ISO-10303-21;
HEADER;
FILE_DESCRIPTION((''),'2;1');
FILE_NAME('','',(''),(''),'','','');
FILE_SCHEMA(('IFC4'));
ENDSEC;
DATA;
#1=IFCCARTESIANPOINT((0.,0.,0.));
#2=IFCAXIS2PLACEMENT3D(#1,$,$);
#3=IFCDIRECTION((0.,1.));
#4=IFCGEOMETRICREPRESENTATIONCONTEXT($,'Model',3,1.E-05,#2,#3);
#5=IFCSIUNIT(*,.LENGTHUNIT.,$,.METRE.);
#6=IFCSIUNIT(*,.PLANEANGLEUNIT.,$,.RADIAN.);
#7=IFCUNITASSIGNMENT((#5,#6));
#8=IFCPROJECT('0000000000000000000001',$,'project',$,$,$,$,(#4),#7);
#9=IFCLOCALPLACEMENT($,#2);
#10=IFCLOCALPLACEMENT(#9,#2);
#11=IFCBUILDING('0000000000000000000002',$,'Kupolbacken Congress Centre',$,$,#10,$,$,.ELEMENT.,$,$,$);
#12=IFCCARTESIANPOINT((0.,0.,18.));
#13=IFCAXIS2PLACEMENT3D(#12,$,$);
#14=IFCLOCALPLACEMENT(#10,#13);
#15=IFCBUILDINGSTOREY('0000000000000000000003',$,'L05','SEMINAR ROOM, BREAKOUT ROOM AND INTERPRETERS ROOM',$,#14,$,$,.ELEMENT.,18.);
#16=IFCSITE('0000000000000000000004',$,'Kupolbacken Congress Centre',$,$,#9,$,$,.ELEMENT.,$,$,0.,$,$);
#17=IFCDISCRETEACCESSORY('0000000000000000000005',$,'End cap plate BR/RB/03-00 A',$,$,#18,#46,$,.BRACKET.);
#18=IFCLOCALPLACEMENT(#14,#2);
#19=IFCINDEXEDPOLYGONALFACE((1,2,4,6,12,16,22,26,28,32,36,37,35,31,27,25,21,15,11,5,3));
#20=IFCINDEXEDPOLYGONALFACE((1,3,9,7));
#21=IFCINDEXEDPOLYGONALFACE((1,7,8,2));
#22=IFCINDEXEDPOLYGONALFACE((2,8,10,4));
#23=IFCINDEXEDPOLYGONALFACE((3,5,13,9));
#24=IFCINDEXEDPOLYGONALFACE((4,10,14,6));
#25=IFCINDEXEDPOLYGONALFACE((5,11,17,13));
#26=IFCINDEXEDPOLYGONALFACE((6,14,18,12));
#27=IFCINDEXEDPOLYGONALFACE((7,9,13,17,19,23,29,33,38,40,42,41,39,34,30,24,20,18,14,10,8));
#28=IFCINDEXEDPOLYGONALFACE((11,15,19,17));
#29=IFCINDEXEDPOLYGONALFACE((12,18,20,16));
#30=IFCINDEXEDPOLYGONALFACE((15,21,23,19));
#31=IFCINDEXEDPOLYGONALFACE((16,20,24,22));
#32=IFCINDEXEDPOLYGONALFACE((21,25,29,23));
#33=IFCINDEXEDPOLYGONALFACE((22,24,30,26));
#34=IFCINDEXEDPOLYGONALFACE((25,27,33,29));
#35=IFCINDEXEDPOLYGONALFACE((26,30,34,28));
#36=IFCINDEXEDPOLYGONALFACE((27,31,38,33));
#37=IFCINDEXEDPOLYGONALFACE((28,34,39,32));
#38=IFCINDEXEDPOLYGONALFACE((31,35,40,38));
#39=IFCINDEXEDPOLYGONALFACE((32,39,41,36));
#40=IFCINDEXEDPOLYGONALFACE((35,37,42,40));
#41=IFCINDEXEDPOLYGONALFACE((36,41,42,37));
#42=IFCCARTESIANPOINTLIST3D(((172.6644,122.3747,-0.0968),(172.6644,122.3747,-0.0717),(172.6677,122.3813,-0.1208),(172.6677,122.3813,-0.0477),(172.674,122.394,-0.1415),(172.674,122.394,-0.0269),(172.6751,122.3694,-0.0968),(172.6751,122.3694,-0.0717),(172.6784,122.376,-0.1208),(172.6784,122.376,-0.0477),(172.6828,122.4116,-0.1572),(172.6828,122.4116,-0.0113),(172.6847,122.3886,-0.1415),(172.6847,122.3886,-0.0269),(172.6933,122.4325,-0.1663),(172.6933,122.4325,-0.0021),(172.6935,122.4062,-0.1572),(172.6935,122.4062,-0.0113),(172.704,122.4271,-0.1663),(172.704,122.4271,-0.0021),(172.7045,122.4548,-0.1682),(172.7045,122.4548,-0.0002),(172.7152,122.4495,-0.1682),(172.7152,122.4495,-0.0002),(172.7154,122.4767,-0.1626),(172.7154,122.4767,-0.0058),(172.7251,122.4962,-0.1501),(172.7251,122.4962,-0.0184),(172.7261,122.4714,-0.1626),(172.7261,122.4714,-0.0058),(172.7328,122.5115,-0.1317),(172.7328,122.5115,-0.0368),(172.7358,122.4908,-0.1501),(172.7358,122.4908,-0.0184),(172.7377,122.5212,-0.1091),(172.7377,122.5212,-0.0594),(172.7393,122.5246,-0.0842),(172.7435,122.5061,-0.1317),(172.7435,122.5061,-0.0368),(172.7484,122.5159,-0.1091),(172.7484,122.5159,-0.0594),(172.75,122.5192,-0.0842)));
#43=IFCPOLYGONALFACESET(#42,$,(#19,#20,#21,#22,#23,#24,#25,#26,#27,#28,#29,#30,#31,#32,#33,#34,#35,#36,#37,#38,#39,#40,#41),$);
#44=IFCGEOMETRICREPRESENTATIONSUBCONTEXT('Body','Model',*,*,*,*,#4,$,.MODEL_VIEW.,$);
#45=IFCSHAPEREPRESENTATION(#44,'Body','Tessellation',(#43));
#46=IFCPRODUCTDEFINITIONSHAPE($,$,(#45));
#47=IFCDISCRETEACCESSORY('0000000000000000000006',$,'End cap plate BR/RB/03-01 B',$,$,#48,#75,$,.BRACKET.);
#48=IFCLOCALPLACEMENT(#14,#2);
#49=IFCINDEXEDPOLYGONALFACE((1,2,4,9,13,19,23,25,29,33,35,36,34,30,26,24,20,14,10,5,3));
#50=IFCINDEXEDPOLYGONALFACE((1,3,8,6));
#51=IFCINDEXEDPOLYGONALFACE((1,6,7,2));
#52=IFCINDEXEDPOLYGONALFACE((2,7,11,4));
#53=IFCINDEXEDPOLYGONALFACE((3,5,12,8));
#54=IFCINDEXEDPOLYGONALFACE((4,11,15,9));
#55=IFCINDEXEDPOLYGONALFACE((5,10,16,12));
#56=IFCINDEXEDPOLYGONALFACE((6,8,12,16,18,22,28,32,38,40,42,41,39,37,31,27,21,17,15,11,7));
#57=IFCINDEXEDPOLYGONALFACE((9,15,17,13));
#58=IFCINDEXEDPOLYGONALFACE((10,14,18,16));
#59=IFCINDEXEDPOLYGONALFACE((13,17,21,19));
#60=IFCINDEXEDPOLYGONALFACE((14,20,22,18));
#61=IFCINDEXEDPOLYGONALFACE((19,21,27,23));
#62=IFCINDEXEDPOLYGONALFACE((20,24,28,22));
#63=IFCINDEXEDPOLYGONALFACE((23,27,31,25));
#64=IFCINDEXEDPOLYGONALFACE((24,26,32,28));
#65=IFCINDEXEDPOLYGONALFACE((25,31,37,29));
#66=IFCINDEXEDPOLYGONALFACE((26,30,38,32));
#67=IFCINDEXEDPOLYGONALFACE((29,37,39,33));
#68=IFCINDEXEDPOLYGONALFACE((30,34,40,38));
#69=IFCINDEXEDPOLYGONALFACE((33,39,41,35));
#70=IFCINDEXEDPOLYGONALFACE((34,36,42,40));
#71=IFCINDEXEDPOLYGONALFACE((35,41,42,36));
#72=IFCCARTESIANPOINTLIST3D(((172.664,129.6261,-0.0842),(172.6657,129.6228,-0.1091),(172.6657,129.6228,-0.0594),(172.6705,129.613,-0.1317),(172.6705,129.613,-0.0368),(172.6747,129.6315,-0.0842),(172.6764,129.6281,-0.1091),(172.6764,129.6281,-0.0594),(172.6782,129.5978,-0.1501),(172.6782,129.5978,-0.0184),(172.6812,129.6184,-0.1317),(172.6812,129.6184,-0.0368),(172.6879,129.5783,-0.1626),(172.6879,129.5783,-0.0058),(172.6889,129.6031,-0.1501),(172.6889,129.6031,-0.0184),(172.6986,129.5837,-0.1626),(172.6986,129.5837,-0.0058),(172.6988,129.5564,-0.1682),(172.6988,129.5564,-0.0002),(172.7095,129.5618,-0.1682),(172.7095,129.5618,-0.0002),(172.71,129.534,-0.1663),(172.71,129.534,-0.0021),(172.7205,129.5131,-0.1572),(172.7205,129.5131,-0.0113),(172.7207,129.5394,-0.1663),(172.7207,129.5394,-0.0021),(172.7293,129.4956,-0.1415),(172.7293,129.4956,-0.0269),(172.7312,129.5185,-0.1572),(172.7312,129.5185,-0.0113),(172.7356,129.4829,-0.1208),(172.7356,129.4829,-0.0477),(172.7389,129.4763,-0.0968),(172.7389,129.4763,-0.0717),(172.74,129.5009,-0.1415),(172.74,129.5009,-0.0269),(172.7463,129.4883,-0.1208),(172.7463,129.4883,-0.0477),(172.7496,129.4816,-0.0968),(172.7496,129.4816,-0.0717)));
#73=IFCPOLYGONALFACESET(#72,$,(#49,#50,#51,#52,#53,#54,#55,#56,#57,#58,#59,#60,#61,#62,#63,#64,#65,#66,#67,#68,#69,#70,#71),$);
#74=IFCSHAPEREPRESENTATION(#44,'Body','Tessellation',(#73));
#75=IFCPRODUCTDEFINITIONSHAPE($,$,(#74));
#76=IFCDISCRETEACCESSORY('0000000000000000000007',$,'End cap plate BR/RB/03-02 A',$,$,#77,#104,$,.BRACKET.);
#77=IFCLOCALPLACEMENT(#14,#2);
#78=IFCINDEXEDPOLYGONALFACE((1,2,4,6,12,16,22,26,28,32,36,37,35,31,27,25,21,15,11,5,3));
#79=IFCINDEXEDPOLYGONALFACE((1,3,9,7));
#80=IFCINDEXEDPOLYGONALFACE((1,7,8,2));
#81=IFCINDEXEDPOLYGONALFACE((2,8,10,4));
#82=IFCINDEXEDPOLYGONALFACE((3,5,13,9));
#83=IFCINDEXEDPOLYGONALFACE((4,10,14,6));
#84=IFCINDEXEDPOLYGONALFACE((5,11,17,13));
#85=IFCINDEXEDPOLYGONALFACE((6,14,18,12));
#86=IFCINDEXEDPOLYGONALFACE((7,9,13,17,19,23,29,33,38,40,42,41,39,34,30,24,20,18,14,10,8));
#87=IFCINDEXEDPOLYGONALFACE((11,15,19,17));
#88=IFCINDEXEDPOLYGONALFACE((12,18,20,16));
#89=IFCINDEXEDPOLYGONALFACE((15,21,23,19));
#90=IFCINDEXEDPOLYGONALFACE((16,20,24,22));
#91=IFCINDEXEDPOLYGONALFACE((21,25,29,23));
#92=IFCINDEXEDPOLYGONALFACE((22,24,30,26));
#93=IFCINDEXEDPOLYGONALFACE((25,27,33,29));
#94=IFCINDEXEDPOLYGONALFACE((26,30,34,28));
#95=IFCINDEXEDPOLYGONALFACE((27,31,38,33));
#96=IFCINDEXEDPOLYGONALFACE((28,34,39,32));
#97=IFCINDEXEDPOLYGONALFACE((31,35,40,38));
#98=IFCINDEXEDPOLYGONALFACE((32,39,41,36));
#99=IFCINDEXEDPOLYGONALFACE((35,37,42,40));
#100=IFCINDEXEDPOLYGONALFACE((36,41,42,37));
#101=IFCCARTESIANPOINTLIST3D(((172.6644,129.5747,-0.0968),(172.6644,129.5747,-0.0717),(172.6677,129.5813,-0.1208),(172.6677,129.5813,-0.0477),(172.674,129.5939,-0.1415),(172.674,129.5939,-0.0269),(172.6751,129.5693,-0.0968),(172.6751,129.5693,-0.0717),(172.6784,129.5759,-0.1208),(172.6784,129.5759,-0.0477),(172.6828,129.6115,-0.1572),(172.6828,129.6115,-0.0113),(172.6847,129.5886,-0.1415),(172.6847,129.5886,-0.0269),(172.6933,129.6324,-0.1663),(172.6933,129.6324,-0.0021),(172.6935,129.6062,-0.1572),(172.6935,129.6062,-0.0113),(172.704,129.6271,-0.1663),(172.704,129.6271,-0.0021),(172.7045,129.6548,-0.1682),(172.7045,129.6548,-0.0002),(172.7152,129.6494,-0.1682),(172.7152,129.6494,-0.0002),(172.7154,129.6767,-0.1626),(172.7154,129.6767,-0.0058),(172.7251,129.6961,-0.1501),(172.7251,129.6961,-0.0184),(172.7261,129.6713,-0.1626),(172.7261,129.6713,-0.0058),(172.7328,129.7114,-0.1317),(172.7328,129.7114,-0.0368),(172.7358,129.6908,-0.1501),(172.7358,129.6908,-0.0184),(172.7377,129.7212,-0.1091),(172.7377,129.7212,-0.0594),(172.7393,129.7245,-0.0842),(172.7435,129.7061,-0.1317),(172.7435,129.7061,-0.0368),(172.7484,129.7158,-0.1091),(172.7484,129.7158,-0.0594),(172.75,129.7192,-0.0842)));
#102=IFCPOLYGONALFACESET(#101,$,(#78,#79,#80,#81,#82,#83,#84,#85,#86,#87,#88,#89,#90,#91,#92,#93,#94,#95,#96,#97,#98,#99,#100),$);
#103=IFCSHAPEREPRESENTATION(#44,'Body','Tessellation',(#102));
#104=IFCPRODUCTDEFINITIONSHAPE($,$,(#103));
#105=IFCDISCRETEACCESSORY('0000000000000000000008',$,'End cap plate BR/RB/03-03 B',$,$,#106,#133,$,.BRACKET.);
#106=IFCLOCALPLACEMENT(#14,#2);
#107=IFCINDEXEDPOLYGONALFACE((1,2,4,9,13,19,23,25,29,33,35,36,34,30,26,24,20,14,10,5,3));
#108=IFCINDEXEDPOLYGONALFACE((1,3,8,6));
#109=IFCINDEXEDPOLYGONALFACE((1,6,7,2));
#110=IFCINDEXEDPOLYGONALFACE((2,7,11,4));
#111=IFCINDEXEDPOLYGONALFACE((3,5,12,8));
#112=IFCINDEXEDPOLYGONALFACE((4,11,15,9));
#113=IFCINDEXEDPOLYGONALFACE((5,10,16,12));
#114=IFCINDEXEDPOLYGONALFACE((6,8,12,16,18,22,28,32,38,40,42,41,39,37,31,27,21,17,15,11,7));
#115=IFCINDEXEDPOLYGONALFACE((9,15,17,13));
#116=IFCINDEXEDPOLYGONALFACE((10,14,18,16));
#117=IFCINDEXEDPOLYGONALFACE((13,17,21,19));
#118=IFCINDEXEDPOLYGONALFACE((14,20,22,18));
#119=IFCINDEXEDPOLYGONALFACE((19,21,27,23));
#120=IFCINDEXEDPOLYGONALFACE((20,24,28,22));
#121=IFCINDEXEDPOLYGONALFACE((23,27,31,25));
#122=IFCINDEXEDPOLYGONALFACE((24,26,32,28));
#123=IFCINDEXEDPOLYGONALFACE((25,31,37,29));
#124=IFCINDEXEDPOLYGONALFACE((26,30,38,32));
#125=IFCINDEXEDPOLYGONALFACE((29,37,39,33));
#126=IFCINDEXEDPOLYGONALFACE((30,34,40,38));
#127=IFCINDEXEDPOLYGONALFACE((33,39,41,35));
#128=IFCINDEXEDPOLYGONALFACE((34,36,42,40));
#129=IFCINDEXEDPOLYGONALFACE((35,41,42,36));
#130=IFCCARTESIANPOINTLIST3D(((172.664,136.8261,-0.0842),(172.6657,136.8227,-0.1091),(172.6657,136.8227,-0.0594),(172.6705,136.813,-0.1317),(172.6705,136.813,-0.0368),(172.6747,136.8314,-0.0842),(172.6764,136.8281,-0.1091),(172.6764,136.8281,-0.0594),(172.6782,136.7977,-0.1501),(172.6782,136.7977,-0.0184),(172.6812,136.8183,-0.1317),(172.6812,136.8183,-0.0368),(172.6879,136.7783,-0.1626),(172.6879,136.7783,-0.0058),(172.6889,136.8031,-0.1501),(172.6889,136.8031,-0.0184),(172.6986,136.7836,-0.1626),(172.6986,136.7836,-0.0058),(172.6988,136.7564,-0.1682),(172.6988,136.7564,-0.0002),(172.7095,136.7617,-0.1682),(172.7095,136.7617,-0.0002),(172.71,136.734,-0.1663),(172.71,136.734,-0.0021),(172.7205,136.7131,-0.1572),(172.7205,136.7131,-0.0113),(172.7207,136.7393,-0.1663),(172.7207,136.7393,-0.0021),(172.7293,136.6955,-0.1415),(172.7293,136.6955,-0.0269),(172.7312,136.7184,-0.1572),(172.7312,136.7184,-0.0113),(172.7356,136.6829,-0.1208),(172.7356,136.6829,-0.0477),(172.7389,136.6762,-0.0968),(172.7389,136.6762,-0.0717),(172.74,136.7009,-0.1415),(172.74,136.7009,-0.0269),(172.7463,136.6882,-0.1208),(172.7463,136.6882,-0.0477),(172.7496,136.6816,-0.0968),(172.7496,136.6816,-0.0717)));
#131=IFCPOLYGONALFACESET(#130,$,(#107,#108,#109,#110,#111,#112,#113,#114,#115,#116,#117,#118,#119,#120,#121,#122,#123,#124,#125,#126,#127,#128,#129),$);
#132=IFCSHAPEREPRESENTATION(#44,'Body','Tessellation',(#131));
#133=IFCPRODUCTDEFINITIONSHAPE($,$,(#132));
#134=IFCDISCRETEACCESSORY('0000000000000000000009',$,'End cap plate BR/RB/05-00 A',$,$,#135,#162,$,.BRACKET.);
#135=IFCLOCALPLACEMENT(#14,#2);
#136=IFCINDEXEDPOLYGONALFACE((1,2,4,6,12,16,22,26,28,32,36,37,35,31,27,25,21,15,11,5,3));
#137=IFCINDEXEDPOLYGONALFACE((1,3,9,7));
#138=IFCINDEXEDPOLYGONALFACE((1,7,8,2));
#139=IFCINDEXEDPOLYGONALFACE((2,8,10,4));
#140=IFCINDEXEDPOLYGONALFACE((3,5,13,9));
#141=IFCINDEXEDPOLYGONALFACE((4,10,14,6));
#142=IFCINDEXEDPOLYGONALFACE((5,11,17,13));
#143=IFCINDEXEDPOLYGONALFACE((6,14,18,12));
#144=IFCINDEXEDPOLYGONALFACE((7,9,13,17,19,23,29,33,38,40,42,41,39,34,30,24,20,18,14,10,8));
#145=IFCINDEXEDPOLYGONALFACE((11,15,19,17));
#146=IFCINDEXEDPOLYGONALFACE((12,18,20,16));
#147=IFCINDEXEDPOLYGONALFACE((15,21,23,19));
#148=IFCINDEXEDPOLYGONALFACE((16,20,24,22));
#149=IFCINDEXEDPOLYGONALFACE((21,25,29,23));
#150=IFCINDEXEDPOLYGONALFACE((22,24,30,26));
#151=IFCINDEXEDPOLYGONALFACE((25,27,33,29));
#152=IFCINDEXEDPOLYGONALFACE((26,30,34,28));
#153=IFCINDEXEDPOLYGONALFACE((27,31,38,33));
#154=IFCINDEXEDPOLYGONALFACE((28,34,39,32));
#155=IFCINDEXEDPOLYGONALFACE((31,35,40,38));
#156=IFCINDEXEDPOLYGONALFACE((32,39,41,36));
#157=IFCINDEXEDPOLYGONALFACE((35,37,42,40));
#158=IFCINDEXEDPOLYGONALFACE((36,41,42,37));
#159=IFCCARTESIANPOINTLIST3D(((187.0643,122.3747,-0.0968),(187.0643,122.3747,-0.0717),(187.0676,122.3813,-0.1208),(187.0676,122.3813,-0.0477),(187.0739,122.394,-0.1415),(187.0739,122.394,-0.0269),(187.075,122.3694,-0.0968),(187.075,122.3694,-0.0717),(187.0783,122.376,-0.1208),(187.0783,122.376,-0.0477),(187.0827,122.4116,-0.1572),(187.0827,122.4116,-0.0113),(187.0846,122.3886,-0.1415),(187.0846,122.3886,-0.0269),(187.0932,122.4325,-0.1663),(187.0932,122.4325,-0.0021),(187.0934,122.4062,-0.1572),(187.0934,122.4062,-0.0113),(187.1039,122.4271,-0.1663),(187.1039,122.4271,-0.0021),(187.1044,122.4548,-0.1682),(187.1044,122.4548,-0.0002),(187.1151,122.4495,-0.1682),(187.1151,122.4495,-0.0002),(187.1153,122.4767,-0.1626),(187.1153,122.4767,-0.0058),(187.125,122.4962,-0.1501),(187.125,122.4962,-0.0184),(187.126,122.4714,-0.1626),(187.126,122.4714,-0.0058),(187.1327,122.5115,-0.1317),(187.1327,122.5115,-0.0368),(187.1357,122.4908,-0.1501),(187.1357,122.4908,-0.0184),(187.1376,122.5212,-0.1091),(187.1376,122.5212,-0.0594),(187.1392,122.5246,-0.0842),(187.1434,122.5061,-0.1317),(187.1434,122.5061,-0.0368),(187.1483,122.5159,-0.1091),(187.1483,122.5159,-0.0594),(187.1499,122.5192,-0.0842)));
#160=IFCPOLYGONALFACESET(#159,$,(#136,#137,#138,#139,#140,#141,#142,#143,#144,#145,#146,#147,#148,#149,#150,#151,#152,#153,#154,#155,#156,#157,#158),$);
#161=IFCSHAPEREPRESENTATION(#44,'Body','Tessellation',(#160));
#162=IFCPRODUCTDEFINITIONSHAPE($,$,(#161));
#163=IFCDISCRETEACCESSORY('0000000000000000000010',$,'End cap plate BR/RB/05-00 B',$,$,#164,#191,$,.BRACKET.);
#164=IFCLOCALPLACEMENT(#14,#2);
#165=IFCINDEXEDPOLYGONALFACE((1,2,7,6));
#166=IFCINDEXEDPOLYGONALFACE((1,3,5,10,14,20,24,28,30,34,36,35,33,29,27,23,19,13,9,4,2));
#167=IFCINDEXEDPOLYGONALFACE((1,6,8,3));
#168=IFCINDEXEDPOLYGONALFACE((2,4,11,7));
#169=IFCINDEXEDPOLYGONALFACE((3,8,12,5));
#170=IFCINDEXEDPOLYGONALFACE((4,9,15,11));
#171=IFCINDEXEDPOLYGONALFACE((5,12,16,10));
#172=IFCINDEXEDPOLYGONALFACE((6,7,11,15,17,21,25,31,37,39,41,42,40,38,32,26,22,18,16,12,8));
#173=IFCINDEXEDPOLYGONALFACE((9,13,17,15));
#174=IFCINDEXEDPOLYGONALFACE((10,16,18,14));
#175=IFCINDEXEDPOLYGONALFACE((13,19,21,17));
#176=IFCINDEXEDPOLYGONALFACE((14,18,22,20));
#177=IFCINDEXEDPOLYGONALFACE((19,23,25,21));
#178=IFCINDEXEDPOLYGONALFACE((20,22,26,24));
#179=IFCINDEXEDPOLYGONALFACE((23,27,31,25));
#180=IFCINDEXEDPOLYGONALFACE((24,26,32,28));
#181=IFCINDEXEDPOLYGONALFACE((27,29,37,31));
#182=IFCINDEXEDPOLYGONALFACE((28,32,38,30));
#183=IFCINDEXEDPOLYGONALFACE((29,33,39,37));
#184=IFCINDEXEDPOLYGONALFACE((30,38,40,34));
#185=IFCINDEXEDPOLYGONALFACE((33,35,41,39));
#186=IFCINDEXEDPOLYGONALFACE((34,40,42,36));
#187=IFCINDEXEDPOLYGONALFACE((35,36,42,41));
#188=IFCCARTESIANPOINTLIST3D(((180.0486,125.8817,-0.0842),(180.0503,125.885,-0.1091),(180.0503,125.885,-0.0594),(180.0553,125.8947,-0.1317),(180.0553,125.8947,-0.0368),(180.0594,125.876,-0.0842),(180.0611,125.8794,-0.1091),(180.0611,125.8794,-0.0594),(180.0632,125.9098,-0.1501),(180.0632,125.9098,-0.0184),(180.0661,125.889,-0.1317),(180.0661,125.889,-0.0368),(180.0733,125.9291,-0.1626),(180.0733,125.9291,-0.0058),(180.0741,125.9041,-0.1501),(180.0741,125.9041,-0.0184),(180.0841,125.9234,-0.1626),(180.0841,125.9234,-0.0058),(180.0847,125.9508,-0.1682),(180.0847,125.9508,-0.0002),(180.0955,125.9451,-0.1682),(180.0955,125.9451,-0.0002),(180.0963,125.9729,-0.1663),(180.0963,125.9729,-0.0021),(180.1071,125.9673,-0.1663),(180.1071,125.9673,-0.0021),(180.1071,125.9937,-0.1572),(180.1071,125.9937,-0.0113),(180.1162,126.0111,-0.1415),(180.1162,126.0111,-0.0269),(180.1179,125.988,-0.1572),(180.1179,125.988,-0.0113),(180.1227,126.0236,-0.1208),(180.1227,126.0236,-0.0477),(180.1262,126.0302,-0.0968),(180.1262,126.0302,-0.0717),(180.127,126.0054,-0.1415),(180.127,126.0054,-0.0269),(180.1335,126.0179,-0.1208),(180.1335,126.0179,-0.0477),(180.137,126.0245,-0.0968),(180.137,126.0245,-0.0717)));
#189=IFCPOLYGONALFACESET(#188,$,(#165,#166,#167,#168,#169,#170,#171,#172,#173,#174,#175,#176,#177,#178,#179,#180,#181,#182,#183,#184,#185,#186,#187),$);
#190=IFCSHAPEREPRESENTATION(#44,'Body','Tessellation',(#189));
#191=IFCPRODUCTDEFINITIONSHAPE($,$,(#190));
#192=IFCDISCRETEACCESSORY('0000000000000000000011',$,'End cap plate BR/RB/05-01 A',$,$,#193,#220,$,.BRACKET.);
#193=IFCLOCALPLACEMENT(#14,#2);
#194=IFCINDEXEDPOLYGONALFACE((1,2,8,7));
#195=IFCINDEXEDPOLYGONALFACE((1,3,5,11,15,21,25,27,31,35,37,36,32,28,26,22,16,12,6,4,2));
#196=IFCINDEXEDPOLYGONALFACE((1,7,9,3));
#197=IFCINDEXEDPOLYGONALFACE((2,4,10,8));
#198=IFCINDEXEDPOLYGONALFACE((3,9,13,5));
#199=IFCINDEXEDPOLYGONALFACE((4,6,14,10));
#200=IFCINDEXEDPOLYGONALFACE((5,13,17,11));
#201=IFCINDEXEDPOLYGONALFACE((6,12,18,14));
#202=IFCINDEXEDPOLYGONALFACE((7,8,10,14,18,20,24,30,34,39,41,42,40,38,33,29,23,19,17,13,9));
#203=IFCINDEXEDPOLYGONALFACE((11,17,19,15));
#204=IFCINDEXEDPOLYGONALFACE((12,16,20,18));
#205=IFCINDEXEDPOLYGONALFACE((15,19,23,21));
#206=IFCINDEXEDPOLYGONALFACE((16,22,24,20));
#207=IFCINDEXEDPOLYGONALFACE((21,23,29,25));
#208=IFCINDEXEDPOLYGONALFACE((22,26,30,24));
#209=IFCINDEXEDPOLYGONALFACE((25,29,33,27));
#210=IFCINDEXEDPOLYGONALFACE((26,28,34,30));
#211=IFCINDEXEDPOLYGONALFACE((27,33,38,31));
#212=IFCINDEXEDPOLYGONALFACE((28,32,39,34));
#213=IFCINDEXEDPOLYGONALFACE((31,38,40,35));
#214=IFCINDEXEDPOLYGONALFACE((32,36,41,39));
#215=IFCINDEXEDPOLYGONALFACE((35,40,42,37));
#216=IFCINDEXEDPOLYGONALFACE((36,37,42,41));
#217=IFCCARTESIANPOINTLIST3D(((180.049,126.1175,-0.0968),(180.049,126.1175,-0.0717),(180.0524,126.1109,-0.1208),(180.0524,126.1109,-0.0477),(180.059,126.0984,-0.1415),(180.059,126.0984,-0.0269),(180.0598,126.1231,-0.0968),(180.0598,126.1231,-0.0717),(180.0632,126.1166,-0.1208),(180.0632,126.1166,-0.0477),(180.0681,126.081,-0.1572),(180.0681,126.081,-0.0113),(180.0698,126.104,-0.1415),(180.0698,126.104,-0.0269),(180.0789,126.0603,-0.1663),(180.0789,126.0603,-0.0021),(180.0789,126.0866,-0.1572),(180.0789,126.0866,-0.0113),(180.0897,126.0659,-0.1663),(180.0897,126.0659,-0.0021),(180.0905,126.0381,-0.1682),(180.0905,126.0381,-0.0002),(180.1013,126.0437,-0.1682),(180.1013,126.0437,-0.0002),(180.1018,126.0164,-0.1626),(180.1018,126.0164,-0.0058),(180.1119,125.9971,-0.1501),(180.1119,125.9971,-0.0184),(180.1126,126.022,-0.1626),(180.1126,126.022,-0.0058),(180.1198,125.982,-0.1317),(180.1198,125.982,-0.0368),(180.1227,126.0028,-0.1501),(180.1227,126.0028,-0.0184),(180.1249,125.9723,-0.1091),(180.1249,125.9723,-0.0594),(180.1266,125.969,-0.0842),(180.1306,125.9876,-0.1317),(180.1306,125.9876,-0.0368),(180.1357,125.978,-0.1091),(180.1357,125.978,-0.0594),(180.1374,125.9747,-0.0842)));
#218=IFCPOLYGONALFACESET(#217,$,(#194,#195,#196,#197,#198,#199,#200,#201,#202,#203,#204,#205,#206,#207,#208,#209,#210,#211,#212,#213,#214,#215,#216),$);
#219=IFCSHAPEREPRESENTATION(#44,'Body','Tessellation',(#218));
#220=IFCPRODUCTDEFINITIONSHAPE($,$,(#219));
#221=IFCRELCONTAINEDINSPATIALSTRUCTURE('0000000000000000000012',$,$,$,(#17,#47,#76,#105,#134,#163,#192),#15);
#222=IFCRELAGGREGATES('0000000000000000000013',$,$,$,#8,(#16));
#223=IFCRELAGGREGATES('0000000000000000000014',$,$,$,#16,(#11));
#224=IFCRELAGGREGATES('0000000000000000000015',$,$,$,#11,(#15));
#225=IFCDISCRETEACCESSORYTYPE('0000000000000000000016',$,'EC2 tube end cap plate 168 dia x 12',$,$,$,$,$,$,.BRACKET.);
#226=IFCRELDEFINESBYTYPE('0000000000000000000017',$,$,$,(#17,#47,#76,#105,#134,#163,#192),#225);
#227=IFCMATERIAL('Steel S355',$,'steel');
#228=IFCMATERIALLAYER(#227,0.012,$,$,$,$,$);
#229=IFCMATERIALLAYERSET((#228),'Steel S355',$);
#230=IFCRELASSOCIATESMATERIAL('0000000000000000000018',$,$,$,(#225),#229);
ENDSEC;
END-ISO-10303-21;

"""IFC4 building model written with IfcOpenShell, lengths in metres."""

from ifc_helpers import new_model, si_unit, direction, frame, origin, origin_2d, place, context, subcontext, project, spatial, circle, extrude, material, layer, layer_set, type_object, element, save


model = new_model("IFC4")

# Units and contexts
model_context = context("Model", 3, precision=1e-05, world=origin(), true_north=direction((0.0, 1.0)))
body_context = subcontext(model_context, "Body", "Model", "MODEL_VIEW")
ifc_project = project(units=[si_unit("LENGTHUNIT", "METRE"), si_unit("PLANEANGLEUNIT", "RADIAN")], contexts=[model_context])

# Site, building, storey
site_placement = place(None, origin())
site = spatial("IfcSite", under=ifc_project, at=site_placement, Name="Kupolbacken Congress Centre", CompositionType="ELEMENT", RefElevation=0.0)
building_placement = place(site_placement, origin())
building = spatial("IfcBuilding", under=site, at=building_placement, Name="Kupolbacken Congress Centre", CompositionType="ELEMENT")
storey_placement = place(building_placement, frame((0.0, 0.0, 18.0)))
storey = spatial("IfcBuildingStorey", under=building, at=storey_placement, Name="L05", Description="SEMINAR ROOM, BREAKOUT ROOM AND INTERPRETERS ROOM", CompositionType="ELEMENT", Elevation=18.0)

# Discrete accessories
ifc_material_1 = material(Name="Steel S355", Category="steel")
ifc_layer_1 = layer(ifc_material_1, 0.012)
ifc_layer_set_1 = layer_set([ifc_layer_1], Name="Steel S355")
discrete_accessory_type = type_object("IfcDiscreteAccessoryType", Name="EC2 tube end cap plate 168 dia x 12", PredefinedType="BRACKET", material=ifc_layer_set_1)
for number, where, z_axis, x_axis, name in (
    (1, (172.7017, 122.4492, -0.0842), (0.894427, -0.447214, 0.0), (0.447214, 0.894427, 0.0), "End cap plate BR/RB/03-00 A"),
    (2, (172.7017, 129.5508, -0.0842), (0.894427, 0.447214, 0.0), (-0.447214, 0.894427, 0.0), "End cap plate BR/RB/03-01 B"),
    (3, (172.7017, 129.6492, -0.0842), (0.894427, -0.447214, 0.0), (0.447214, 0.894427, 0.0), "End cap plate BR/RB/03-02 A"),
    (4, (172.7017, 136.7507, -0.0842), (0.894427, 0.447214, 0.0), (-0.447214, 0.894427, 0.0), "End cap plate BR/RB/03-03 B"),
    (5, (187.1016, 122.4492, -0.0842), (0.894427, -0.447214, 0.0), (0.447214, 0.894427, 0.0), "End cap plate BR/RB/05-00 A"),
):
    element("IfcDiscreteAccessory", number, at=place(storey_placement, frame(where, z_axis=z_axis, x_axis=x_axis)), inside=storey, type_object=discrete_accessory_type, Name=name, PredefinedType="BRACKET", context=body_context, shape_type="SweptSolid", body=[
        extrude(circle(Radius=0.0842, at=origin_2d()), origin(), (0.0, 0.0, 1.0), 0.012),
    ])
for number, where, z_axis, x_axis, name in (
    (6, (180.0984, 125.9507, -0.0842), (-0.886225, 0.463254, 0.0), (-0.463254, -0.886225, 0.0), "End cap plate BR/RB/05-00 B"),
    (7, (180.0984, 126.0493, -0.0842), (-0.886225, -0.463254, 0.0), (0.463254, -0.886225, 0.0), "End cap plate BR/RB/05-01 A"),
):
    element("IfcDiscreteAccessory", number, at=place(storey_placement, frame(where, z_axis=z_axis, x_axis=x_axis)), inside=storey, type_object=discrete_accessory_type, Name=name, PredefinedType="BRACKET", context=body_context, shape_type="SweptSolid", body=[
        extrude(circle(Radius=0.0842, at=origin_2d()), origin(), (0.0, 0.0, 1.0), 0.0122),
    ])

save(model, "model.ifc")
